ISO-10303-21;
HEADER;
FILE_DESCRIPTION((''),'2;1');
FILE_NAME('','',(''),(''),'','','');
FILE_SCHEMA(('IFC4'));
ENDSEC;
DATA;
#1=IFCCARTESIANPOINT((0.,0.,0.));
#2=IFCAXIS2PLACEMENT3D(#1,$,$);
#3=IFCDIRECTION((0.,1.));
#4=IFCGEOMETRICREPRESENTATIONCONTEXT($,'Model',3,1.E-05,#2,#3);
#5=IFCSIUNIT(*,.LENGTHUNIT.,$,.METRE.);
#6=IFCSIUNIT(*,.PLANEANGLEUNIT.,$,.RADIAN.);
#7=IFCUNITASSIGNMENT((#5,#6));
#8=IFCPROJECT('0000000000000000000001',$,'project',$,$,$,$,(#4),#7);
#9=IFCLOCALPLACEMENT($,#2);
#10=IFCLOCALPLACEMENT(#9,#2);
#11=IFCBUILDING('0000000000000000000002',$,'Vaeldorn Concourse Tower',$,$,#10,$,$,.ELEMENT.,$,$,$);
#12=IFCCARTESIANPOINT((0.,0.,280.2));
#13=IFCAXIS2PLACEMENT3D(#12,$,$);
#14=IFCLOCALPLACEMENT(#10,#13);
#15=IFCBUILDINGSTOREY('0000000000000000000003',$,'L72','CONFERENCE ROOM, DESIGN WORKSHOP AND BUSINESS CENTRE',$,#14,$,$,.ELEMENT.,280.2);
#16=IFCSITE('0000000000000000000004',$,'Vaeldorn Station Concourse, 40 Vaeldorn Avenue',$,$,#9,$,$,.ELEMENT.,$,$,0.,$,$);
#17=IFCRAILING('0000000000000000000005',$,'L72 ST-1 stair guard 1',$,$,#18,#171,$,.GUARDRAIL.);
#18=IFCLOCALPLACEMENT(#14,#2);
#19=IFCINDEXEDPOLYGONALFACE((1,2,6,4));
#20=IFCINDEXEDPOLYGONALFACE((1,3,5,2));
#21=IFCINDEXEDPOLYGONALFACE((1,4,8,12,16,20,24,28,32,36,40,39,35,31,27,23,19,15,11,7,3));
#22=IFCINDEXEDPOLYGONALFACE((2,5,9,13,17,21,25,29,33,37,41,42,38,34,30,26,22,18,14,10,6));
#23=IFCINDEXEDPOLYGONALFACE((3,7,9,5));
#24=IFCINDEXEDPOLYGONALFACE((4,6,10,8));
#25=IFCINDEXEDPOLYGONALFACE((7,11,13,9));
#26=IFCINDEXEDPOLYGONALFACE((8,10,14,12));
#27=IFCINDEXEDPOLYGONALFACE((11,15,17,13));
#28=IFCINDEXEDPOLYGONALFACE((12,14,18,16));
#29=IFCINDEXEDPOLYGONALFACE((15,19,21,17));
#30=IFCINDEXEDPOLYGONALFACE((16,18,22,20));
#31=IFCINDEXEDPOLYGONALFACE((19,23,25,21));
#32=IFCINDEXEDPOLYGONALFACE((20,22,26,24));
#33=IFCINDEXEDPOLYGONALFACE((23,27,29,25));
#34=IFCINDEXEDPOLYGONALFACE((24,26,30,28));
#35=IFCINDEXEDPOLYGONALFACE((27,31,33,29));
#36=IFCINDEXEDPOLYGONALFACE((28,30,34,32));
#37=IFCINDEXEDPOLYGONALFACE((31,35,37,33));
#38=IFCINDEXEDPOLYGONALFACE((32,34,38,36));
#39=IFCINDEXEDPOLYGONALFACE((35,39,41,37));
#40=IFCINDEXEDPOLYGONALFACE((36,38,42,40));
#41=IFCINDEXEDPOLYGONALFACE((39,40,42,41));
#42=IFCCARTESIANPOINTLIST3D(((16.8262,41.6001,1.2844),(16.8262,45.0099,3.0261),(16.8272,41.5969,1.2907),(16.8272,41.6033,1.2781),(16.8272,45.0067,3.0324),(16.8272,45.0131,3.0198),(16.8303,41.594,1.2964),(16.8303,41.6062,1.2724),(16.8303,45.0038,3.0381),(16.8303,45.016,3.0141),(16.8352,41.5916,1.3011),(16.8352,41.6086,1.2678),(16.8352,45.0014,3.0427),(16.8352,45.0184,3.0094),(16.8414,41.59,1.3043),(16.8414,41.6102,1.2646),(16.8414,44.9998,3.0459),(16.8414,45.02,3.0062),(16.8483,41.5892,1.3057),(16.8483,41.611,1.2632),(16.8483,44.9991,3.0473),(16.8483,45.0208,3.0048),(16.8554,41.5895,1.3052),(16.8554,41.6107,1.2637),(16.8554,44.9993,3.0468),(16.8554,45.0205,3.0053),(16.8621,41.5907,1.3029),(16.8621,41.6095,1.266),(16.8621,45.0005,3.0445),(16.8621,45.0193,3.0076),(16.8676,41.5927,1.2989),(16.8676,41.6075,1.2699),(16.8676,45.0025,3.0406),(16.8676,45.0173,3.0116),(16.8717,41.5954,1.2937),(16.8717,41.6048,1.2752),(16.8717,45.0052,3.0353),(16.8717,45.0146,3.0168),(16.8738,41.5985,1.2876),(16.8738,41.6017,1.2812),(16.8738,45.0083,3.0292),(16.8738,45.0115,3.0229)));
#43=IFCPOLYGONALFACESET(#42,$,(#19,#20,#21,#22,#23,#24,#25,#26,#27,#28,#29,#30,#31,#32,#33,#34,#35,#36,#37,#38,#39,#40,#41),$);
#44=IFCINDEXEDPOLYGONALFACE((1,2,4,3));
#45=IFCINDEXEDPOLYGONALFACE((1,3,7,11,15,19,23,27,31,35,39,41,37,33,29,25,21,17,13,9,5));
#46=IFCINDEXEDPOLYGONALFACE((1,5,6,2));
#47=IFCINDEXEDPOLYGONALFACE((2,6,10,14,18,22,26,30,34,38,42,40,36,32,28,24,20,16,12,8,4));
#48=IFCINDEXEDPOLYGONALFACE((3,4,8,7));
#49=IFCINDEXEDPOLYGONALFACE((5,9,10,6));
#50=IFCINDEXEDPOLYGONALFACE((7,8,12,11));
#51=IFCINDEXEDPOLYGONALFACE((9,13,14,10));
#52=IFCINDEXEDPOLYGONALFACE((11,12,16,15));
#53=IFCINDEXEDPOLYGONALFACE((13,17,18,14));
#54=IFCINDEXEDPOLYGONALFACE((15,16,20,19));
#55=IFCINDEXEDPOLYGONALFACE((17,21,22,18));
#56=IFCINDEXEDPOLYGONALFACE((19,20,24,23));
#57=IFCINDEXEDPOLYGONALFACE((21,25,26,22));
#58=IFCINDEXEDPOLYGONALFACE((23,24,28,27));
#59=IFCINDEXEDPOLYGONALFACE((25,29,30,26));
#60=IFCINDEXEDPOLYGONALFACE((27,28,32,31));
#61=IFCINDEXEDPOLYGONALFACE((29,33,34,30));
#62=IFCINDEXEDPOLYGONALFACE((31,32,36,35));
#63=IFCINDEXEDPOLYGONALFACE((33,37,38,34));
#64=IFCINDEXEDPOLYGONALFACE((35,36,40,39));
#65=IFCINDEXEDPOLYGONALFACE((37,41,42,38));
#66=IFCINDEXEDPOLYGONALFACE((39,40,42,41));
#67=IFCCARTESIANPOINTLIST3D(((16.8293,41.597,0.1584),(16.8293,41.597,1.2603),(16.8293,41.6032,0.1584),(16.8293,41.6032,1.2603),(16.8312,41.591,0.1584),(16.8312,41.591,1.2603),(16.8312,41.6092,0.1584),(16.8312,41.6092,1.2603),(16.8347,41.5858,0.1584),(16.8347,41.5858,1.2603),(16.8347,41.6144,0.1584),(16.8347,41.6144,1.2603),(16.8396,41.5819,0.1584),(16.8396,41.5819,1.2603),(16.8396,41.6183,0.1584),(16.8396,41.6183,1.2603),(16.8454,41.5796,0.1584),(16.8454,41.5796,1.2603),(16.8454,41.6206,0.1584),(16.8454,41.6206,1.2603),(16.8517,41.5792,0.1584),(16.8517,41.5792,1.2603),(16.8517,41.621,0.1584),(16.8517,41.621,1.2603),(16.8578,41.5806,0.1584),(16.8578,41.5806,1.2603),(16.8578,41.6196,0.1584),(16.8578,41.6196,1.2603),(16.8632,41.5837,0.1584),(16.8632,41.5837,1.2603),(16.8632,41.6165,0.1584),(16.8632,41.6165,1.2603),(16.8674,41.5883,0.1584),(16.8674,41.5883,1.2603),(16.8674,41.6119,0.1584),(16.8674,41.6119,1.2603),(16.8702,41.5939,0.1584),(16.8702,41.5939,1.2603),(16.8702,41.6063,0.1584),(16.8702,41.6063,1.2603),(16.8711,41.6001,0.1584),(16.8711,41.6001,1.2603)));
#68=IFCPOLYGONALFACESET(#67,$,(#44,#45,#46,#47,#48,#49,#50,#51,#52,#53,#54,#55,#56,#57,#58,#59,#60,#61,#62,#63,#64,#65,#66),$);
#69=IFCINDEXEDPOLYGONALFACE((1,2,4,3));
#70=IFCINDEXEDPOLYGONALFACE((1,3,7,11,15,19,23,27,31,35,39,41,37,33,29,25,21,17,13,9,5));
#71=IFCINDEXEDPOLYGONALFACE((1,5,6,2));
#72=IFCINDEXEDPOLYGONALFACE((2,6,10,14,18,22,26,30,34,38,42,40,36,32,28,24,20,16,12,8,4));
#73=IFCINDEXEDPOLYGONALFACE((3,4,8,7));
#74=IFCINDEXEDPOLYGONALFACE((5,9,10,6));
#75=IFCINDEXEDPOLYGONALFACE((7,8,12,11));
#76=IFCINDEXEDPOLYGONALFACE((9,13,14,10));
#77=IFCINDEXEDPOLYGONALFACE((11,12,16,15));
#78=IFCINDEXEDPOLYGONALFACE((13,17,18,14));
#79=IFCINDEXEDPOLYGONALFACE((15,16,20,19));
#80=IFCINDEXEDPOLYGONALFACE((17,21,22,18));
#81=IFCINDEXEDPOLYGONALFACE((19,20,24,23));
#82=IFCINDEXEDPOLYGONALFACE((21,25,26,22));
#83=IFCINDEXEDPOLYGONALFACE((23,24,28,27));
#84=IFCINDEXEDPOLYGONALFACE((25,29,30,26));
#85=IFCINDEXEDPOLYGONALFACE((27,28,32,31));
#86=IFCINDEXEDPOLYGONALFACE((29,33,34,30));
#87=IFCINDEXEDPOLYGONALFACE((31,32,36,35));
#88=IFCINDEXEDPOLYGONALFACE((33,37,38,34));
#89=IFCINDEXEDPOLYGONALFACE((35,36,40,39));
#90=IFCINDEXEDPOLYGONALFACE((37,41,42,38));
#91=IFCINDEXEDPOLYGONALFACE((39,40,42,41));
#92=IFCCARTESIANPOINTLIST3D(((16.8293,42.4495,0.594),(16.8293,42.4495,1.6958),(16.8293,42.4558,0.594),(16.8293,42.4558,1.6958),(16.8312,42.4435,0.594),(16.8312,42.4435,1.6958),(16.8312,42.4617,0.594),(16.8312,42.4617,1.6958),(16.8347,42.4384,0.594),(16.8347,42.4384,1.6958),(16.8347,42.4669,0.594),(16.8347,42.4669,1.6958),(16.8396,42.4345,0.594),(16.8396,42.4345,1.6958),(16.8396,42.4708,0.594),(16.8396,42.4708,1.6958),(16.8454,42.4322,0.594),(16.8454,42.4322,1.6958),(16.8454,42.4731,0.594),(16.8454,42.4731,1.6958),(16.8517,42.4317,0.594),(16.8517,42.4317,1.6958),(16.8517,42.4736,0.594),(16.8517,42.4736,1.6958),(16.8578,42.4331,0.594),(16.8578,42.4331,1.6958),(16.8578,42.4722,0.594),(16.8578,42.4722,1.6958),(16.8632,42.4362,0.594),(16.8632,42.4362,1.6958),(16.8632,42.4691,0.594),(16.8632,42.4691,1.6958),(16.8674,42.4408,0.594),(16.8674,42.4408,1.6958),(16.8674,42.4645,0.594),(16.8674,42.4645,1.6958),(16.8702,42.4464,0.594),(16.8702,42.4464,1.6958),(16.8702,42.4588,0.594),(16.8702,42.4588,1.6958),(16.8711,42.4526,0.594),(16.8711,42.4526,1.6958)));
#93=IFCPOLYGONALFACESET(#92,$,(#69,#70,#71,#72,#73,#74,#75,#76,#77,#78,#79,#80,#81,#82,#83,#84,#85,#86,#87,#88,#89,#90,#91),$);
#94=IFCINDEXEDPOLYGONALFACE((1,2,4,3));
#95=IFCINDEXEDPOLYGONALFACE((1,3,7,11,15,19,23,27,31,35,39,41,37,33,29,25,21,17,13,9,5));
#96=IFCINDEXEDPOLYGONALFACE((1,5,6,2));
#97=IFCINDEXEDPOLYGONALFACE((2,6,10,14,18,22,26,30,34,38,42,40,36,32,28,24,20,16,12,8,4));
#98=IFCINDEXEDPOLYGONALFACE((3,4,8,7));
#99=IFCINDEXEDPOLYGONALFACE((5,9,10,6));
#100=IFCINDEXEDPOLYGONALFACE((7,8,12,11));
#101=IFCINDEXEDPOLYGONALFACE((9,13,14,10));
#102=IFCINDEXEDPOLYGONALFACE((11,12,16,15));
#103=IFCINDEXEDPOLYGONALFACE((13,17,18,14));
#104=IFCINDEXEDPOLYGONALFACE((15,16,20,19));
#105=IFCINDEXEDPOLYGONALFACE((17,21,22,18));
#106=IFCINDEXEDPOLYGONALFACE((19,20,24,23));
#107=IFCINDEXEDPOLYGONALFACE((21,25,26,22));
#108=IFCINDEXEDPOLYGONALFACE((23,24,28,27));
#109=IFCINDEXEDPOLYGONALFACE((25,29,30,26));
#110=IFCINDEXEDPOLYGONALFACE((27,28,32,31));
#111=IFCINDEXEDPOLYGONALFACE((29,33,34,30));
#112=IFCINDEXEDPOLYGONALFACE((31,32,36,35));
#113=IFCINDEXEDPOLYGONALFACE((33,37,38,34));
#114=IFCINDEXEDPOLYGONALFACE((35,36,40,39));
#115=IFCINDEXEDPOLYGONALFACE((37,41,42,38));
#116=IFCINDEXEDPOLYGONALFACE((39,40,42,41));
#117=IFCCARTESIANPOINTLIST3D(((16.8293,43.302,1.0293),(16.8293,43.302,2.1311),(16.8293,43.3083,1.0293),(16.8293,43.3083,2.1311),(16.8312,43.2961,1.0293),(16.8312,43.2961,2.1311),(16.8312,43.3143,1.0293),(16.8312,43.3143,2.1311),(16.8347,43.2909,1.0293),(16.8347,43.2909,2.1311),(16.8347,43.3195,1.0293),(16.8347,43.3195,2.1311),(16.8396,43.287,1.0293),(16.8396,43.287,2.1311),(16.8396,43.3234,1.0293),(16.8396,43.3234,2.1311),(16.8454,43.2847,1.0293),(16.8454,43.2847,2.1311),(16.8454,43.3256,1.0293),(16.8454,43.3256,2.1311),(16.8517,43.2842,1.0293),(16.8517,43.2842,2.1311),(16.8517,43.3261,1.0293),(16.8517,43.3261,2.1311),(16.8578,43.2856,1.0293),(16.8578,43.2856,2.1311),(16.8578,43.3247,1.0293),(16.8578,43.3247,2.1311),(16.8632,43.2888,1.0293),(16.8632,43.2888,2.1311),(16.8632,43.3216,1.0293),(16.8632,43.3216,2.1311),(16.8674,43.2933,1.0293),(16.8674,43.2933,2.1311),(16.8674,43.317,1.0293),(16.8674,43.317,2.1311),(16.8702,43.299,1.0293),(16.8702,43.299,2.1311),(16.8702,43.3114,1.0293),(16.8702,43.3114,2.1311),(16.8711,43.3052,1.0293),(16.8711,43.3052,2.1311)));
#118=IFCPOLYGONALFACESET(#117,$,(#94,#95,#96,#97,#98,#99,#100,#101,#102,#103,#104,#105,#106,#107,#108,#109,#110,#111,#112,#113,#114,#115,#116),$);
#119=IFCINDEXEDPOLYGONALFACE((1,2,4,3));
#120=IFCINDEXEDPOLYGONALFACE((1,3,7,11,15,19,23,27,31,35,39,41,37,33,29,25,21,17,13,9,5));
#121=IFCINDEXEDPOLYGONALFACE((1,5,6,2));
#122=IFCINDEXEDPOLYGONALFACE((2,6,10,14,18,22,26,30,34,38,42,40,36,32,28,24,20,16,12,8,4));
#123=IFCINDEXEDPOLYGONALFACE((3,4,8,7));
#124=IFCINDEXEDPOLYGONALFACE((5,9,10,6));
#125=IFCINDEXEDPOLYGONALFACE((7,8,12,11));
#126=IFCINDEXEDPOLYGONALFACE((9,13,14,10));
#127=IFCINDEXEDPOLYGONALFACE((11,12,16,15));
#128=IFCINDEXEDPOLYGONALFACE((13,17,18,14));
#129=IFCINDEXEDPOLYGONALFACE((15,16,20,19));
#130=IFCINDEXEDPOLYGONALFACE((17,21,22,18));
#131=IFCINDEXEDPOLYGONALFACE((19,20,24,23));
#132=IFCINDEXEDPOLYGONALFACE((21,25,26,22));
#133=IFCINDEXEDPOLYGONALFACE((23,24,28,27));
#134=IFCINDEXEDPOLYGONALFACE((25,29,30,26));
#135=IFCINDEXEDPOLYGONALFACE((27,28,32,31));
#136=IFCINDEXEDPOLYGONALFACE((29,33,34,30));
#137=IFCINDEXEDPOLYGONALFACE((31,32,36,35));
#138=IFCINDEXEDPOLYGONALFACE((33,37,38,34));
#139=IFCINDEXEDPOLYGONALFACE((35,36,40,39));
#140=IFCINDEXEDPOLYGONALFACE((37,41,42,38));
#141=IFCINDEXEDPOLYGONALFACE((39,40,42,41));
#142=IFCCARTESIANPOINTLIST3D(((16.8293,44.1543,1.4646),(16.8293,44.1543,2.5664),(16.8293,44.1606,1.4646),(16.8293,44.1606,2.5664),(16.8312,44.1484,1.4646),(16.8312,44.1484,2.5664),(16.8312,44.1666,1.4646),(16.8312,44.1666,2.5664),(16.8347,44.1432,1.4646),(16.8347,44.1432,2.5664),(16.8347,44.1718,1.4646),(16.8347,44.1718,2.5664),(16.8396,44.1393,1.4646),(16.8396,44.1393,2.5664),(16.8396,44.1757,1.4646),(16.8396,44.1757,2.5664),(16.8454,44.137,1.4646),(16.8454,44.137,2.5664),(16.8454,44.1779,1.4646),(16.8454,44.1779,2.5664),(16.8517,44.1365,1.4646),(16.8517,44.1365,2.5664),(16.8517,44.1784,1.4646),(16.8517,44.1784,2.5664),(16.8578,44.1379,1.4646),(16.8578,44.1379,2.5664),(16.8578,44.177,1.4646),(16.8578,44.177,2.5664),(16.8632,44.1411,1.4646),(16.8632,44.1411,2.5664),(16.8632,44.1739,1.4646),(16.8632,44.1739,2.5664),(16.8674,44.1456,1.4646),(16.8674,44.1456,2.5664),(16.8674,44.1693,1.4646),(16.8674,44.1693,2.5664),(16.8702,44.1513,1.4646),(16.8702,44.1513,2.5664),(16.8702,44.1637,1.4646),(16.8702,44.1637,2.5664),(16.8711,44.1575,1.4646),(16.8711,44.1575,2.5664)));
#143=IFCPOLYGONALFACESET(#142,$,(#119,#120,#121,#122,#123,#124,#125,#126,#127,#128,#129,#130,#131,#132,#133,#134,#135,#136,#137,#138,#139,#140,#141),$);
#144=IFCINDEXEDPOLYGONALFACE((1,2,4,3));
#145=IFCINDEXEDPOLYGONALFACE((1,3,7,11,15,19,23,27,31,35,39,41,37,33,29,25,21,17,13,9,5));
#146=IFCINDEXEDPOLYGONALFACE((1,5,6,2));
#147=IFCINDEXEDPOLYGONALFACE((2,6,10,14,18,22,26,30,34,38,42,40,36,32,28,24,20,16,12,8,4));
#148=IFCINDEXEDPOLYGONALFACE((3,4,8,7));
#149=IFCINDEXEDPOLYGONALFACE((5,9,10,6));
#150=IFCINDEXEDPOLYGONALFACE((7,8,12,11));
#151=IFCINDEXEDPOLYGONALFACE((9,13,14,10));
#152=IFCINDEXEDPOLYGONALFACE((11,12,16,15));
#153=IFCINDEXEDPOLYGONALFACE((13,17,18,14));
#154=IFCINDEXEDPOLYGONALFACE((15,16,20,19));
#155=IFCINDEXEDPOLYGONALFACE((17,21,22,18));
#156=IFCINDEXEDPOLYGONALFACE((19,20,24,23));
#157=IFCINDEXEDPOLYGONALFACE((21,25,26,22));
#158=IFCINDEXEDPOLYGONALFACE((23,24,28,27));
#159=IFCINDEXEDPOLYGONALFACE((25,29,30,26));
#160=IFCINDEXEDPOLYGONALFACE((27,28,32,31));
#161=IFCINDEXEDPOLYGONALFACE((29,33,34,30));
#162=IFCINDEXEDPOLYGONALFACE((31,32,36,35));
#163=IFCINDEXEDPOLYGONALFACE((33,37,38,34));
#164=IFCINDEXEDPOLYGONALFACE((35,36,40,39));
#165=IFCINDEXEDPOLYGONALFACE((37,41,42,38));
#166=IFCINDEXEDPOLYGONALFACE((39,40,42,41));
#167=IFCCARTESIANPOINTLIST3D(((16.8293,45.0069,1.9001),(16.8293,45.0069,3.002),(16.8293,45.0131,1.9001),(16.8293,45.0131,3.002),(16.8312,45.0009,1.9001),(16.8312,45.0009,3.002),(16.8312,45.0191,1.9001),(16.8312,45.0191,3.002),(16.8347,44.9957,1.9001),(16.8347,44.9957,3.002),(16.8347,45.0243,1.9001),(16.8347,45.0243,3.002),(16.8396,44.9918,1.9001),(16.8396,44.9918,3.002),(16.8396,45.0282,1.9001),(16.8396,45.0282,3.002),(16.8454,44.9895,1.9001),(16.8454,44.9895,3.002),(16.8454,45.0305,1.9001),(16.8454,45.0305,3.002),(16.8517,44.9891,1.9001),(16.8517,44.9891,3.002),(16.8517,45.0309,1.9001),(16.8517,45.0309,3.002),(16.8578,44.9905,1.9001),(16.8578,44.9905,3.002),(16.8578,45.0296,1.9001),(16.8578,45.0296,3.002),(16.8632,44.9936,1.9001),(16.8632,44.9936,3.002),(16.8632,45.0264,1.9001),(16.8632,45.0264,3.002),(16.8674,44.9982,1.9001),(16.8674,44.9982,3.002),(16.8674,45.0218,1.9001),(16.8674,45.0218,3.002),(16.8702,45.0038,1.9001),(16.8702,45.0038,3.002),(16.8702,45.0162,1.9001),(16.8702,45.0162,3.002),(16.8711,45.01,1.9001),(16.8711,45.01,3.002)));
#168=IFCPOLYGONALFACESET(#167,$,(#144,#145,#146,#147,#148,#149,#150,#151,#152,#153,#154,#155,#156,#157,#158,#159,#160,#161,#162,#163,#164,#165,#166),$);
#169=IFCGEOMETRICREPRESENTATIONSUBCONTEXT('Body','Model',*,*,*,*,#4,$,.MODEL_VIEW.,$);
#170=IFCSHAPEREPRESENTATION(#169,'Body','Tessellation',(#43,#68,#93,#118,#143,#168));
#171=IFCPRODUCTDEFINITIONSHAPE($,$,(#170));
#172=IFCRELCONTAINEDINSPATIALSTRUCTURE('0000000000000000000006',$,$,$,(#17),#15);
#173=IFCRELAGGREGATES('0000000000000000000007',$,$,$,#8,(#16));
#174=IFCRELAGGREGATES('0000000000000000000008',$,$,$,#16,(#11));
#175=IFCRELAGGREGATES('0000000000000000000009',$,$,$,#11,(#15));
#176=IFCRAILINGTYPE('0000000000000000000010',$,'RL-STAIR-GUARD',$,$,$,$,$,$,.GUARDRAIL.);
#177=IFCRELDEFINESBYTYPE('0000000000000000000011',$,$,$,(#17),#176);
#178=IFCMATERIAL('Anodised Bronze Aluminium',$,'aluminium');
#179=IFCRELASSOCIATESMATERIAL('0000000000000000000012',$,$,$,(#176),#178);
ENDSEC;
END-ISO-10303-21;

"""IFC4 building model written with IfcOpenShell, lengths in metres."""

from ifc_helpers import new_model, si_unit, direction, frame, origin, origin_2d, place, context, subcontext, project, spatial, circle, extrude, material, type_object, element, save


model = new_model("IFC4")

# Units and contexts
model_context = context("Model", 3, precision=1e-05, world=origin(), true_north=direction((0.0, 1.0)))
body_context = subcontext(model_context, "Body", "Model", "MODEL_VIEW")
ifc_project = project(units=[si_unit("LENGTHUNIT", "METRE"), si_unit("PLANEANGLEUNIT", "RADIAN")], contexts=[model_context])

# Site, building, storey
site_placement = place(None, origin())
site = spatial("IfcSite", under=ifc_project, at=site_placement, Name="Vaeldorn Station Concourse, 40 Vaeldorn Avenue", CompositionType="ELEMENT", RefElevation=0.0)
building_placement = place(site_placement, origin())
building = spatial("IfcBuilding", under=site, at=building_placement, Name="Vaeldorn Concourse Tower", CompositionType="ELEMENT")
storey_placement = place(building_placement, frame((0.0, 0.0, 280.2)))
storey = spatial("IfcBuildingStorey", under=building, at=storey_placement, Name="L72", Description="CONFERENCE ROOM, DESIGN WORKSHOP AND BUSINESS CENTRE", CompositionType="ELEMENT", Elevation=280.2)

# Shared definitions
ifc_material_1 = material(Name="Anodised Bronze Aluminium", Category="aluminium")

# Railing
railing_type_1 = type_object("IfcRailingType", Name="RL-STAIR-GUARD", PredefinedType="GUARDRAIL", material=ifc_material_1)
railing_1_placement = place(storey_placement, frame((16.8501, 41.6001, 0.1584)))
element("IfcRailing", 1, at=railing_1_placement, inside=storey, type_object=railing_type_1, Name="L72 ST-1 stair guard 1", PredefinedType="GUARDRAIL", context=body_context, shape_type="SweptSolid", body=[
    extrude(circle(Radius=0.0239, at=origin_2d()), frame((0.0, 0.0, 1.126), z_axis=(0.0, 0.890556, 0.454874), x_axis=(-1.0, 0.0, 0.0)), (0.0, 0.0, 1.0), 3.8289),
    extrude(circle(Radius=0.021, at=origin_2d()), origin(), (0.0, 0.0, 1.0), 1.1018),
    extrude(circle(Radius=0.021, at=origin_2d()), frame((0.0, 0.8525, 0.4355)), (0.0, 0.0, 1.0), 1.1018),
    extrude(circle(Radius=0.021, at=origin_2d()), frame((0.0, 1.7051, 0.8708)), (0.0, 0.0, 1.0), 1.1018),
    extrude(circle(Radius=0.021, at=origin_2d()), frame((0.0, 2.5574, 1.3062)), (0.0, 0.0, 1.0), 1.1018),
    extrude(circle(Radius=0.021, at=origin_2d()), frame((0.0, 3.4099, 1.7417)), (0.0, 0.0, 1.0), 1.1018),
])

save(model, "model.ifc")
